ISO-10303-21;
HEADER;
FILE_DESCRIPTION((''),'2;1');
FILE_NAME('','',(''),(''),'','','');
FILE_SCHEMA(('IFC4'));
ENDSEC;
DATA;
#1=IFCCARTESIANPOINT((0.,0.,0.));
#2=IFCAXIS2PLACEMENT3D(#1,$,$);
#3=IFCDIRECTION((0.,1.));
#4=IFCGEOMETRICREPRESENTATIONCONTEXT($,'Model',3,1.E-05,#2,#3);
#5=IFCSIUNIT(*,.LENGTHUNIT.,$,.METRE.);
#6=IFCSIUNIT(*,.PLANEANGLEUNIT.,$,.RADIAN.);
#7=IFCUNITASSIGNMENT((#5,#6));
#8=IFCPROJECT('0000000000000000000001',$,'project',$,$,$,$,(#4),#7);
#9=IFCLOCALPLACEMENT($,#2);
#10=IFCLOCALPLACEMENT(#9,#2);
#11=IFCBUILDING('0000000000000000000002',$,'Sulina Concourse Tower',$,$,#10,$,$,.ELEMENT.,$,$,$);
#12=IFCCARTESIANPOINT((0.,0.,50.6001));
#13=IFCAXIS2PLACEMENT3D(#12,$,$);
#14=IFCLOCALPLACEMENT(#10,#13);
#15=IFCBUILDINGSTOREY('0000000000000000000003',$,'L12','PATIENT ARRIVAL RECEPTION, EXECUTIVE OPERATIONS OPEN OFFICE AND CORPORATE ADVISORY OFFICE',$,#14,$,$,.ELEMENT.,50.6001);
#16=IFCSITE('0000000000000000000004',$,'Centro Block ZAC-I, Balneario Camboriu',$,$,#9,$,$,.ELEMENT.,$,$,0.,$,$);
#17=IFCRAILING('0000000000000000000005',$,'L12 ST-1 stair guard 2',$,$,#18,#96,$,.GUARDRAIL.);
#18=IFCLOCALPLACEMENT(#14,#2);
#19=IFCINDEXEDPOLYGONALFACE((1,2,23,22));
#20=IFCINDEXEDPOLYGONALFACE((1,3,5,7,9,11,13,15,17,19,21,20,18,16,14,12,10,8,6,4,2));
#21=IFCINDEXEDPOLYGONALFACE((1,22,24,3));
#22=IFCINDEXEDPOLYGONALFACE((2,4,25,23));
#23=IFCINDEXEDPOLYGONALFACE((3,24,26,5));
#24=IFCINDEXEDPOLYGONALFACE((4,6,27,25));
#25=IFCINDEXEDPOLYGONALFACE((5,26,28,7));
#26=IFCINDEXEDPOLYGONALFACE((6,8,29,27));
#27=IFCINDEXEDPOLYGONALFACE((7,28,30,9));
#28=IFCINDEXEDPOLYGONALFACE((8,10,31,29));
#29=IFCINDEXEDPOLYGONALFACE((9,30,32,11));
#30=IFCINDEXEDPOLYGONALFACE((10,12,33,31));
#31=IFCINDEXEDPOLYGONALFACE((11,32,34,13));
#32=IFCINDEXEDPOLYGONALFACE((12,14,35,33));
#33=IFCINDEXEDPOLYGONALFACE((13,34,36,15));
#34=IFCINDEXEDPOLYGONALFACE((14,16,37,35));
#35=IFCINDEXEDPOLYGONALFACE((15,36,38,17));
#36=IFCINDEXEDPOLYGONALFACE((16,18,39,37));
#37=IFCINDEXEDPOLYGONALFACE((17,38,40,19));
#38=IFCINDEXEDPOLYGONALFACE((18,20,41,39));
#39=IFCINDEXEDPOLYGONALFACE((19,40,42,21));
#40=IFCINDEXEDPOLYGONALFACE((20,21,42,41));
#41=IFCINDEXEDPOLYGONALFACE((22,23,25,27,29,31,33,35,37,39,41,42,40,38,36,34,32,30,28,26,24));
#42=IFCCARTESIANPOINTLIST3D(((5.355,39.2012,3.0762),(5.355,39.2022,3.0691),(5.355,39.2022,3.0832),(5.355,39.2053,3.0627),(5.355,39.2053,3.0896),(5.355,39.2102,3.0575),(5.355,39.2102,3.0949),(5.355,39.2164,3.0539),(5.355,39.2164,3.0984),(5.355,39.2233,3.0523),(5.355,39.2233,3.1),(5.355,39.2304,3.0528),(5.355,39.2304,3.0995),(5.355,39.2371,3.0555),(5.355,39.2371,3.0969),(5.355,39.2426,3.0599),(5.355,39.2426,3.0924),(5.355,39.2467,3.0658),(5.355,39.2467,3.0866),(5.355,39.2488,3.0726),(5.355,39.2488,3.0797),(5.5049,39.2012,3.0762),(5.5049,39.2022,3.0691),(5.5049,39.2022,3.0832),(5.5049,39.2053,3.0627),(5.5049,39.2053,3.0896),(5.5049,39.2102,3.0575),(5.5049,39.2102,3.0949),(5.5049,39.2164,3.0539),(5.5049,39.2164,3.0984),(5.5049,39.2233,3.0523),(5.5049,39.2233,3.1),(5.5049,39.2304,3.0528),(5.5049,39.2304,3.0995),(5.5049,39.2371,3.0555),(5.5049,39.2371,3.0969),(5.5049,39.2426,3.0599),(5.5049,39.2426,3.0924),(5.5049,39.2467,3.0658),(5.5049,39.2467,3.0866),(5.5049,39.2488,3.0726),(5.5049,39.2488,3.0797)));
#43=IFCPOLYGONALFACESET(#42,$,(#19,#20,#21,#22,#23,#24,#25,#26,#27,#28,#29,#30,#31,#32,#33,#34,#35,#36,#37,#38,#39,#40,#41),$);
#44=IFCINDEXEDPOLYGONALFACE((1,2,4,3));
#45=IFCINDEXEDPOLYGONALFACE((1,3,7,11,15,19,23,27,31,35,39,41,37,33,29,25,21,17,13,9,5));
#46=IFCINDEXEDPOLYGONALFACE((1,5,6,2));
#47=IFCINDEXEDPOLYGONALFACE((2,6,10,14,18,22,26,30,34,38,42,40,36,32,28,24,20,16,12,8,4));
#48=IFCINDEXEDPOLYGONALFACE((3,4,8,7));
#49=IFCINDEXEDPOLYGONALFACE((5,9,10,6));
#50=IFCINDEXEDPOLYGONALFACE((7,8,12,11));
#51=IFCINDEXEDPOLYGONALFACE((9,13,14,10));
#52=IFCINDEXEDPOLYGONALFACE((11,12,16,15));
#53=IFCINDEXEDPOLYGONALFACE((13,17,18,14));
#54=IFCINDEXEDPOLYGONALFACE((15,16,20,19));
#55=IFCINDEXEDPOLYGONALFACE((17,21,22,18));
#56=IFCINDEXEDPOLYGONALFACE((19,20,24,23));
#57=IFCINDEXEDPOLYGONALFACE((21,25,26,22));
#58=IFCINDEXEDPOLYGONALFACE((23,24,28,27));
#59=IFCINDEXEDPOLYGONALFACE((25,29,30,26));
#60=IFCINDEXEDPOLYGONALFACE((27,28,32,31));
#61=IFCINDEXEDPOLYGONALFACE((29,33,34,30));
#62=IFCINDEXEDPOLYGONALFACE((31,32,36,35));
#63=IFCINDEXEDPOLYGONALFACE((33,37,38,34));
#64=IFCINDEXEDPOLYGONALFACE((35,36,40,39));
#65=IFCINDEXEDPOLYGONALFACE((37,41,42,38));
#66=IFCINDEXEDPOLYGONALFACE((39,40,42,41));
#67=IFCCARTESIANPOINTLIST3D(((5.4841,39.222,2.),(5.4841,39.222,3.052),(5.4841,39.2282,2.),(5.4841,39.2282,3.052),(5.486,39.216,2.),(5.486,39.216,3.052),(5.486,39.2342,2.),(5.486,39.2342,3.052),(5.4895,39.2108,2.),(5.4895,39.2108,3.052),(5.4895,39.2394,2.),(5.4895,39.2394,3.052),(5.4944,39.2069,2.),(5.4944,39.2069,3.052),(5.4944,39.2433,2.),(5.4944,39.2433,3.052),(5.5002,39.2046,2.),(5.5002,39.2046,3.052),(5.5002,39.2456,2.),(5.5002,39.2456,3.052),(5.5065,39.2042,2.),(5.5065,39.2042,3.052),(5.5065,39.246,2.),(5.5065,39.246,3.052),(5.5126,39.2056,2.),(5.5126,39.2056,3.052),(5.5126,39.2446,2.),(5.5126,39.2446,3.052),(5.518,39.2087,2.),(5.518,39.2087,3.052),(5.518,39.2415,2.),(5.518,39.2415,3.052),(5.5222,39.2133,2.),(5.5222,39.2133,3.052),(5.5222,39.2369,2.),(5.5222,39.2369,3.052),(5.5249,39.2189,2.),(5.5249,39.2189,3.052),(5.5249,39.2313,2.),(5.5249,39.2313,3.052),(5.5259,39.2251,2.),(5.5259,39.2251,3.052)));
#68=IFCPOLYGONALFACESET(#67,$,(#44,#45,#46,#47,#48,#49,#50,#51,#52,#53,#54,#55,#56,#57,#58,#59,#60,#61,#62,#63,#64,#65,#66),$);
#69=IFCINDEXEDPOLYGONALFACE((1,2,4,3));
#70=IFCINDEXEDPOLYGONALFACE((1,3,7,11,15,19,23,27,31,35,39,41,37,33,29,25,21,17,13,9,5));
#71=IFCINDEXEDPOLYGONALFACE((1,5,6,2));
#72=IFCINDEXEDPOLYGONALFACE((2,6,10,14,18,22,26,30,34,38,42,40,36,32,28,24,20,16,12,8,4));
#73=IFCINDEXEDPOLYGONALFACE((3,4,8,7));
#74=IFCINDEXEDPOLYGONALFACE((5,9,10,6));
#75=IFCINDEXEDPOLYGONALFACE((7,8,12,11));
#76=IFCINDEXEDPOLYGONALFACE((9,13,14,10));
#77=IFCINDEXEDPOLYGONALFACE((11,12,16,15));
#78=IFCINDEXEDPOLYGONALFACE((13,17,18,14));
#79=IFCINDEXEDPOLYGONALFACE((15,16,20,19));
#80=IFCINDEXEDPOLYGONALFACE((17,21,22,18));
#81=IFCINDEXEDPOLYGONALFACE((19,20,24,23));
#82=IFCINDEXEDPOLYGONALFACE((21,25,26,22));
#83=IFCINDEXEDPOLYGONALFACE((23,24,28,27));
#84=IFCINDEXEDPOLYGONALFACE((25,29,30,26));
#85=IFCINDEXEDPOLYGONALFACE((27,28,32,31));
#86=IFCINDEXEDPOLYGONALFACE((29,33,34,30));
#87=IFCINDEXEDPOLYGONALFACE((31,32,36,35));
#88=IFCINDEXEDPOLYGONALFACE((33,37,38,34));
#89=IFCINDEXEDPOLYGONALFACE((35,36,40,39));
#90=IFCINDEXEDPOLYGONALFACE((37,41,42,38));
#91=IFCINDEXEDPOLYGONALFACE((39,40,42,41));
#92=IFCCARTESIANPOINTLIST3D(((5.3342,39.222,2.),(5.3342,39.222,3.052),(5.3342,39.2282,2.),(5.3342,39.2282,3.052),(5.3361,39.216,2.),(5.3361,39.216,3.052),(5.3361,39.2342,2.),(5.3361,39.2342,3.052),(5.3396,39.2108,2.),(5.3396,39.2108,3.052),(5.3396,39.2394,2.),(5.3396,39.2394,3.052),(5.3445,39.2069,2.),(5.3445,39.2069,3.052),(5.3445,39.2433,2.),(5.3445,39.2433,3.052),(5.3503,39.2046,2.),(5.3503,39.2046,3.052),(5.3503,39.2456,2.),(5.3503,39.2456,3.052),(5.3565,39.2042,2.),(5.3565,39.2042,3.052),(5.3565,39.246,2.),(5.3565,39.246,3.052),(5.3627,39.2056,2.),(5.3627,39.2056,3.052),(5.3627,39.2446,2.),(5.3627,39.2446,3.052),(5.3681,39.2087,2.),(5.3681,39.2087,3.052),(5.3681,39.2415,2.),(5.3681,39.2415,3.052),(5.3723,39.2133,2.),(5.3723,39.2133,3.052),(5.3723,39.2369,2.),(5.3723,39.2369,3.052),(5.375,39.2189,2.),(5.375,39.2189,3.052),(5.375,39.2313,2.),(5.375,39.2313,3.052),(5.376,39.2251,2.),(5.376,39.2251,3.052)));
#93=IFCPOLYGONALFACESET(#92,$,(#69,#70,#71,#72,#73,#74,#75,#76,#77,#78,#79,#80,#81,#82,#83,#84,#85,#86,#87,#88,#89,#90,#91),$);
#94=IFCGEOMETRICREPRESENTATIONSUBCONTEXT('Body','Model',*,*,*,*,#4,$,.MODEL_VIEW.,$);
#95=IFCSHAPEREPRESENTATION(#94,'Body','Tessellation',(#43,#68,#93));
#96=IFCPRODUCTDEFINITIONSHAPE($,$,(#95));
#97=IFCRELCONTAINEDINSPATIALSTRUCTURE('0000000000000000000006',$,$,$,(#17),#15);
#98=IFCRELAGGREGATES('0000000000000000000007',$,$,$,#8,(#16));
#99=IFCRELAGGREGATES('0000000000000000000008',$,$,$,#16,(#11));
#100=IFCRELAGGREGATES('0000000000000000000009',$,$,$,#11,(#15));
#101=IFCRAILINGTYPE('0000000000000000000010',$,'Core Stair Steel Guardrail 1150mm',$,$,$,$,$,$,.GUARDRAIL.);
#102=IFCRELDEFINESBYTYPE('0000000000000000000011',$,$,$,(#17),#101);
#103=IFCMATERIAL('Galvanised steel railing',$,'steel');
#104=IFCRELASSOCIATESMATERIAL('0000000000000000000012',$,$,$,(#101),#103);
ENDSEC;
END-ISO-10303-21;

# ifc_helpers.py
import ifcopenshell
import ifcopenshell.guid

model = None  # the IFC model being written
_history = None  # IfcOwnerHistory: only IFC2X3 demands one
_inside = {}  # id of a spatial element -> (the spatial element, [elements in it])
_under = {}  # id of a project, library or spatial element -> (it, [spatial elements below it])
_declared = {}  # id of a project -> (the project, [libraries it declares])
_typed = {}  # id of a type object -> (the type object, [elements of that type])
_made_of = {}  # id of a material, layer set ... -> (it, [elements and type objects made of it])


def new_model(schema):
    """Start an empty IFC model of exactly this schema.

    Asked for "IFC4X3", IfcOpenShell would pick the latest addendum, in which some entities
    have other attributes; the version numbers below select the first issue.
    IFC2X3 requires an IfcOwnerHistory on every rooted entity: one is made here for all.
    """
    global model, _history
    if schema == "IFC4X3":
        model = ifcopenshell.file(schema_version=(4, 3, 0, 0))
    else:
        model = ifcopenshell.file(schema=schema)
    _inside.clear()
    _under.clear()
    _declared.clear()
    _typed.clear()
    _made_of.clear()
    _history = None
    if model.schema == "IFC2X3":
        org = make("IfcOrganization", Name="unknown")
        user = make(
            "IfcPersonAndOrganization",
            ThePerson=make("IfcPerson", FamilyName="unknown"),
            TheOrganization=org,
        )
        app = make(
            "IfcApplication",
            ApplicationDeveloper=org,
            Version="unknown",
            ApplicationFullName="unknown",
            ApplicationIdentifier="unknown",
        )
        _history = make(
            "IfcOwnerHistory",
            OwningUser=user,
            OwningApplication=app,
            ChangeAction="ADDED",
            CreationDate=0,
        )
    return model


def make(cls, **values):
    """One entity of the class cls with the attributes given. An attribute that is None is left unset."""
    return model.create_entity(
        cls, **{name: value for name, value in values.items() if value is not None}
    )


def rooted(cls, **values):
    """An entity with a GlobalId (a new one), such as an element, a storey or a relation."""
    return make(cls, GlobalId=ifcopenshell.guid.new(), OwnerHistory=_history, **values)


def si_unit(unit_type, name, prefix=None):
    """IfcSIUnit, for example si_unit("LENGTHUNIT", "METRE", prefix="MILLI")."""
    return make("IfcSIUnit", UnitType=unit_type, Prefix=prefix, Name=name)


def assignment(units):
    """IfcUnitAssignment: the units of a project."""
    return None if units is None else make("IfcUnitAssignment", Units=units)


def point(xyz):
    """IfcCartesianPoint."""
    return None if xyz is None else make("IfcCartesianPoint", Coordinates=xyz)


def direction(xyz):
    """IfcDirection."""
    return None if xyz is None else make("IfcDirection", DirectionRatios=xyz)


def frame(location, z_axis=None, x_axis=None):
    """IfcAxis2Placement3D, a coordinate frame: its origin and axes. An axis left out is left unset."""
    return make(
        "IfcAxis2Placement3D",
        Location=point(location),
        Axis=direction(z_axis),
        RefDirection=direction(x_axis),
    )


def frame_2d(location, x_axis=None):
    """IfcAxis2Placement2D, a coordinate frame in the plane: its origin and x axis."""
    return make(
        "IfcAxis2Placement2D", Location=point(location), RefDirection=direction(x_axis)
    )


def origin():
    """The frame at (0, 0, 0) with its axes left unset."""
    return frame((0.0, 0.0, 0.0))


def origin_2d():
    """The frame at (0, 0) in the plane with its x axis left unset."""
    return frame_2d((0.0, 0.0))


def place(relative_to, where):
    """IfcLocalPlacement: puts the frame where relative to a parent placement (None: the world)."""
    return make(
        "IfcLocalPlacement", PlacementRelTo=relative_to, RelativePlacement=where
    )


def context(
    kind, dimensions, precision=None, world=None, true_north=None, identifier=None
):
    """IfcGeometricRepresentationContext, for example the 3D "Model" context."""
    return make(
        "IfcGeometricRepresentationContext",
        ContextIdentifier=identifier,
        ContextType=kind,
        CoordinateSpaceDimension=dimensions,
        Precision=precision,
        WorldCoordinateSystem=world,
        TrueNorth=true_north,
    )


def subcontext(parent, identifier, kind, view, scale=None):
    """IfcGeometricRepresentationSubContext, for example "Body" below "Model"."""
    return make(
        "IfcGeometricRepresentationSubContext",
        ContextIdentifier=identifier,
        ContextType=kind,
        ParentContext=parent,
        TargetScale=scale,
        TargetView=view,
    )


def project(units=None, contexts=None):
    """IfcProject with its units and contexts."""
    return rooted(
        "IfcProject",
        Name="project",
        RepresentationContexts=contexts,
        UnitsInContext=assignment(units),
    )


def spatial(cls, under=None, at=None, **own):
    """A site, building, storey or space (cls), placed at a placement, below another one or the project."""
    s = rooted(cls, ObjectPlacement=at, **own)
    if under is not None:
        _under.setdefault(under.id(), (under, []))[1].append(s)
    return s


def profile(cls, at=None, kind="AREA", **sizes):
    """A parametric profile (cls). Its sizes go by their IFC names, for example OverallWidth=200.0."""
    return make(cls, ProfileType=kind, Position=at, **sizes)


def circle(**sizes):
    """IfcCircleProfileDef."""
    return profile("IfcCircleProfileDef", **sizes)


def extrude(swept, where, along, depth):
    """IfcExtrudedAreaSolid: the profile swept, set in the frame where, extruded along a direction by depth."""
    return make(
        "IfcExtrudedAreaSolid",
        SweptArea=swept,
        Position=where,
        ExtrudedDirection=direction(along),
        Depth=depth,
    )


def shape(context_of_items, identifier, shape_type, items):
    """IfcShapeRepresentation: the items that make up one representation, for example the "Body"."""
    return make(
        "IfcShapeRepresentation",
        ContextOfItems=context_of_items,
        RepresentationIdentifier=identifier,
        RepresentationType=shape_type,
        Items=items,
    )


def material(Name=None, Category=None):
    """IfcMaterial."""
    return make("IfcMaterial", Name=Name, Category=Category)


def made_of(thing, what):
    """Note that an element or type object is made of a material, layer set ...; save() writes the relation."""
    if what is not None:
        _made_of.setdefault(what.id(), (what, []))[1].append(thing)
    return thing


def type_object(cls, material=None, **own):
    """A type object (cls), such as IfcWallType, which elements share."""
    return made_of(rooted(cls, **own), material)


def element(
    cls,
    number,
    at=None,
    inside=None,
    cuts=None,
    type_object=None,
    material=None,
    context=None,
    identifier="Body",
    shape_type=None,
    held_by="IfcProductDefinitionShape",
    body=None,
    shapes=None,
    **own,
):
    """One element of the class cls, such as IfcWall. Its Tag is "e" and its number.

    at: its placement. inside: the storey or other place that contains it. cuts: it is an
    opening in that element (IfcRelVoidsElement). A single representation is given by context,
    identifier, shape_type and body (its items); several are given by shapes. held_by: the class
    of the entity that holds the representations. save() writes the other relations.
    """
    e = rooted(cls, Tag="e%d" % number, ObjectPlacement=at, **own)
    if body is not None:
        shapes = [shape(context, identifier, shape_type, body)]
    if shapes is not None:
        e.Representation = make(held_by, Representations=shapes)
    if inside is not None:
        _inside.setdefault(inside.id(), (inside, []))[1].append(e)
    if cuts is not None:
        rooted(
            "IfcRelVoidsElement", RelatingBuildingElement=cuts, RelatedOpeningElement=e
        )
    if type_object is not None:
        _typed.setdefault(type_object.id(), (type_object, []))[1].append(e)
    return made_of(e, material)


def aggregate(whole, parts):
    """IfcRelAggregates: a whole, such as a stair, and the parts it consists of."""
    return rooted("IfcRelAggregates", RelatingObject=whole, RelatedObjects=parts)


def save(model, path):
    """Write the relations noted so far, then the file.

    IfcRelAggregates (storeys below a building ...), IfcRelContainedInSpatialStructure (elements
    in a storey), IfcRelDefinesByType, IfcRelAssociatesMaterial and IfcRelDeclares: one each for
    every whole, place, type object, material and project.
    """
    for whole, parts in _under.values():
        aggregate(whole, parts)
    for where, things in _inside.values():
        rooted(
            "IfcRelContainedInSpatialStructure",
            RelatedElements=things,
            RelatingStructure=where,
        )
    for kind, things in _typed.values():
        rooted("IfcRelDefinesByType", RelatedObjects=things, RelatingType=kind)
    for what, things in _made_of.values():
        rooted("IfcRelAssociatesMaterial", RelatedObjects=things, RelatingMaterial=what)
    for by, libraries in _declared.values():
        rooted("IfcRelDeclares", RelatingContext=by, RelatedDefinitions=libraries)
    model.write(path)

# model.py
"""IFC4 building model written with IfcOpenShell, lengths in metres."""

from ifc_helpers import new_model, si_unit, direction, frame, origin, origin_2d, place, context, subcontext, project, spatial, circle, extrude, material, type_object, element, save


model = new_model("IFC4")

# Units and contexts
model_context = context("Model", 3, precision=1e-05, world=origin(), true_north=direction((0.0, 1.0)))
body_context = subcontext(model_context, "Body", "Model", "MODEL_VIEW")
ifc_project = project(units=[si_unit("LENGTHUNIT", "METRE"), si_unit("PLANEANGLEUNIT", "RADIAN")], contexts=[model_context])

# Site, building, storey
site_placement = place(None, origin())
site = spatial("IfcSite", under=ifc_project, at=site_placement, Name="Centro Block ZAC-I, Balneario Camboriu", CompositionType="ELEMENT", RefElevation=0.0)
building_placement = place(site_placement, origin())
building = spatial("IfcBuilding", under=site, at=building_placement, Name="Sulina Concourse Tower", CompositionType="ELEMENT")
storey_placement = place(building_placement, frame((0.0, 0.0, 50.6001)))
storey = spatial("IfcBuildingStorey", under=building, at=storey_placement, Name="L12", Description="PATIENT ARRIVAL RECEPTION, EXECUTIVE OPERATIONS OPEN OFFICE AND CORPORATE ADVISORY OFFICE", CompositionType="ELEMENT", Elevation=50.6001)

# Railing
ifc_material_1 = material(Name="Galvanised steel railing", Category="steel")
railing_type_1 = type_object("IfcRailingType", Name="Core Stair Steel Guardrail 1150mm", PredefinedType="GUARDRAIL", material=ifc_material_1)
railing_1_placement = place(storey_placement, frame((5.5049, 39.2251, 2.0)))
element("IfcRailing", 1, at=railing_1_placement, inside=storey, type_object=railing_type_1, Name="L12 ST-1 stair guard 2", PredefinedType="GUARDRAIL", context=body_context, shape_type="SweptSolid", body=[
    extrude(circle(Radius=0.0239, at=origin_2d()), frame((0.0, 0.0, 1.0762), z_axis=(-1.0, 0.0, 0.0), x_axis=(0.0, -1.0, 0.0)), (0.0, 0.0, 1.0), 0.1499),
    extrude(circle(Radius=0.021, at=origin_2d()), origin(), (0.0, 0.0, 1.0), 1.052),
    extrude(circle(Radius=0.021, at=origin_2d()), frame((-0.1499, 0.0, 0.0)), (0.0, 0.0, 1.0), 1.052),
])

save(model, "model.ifc")
